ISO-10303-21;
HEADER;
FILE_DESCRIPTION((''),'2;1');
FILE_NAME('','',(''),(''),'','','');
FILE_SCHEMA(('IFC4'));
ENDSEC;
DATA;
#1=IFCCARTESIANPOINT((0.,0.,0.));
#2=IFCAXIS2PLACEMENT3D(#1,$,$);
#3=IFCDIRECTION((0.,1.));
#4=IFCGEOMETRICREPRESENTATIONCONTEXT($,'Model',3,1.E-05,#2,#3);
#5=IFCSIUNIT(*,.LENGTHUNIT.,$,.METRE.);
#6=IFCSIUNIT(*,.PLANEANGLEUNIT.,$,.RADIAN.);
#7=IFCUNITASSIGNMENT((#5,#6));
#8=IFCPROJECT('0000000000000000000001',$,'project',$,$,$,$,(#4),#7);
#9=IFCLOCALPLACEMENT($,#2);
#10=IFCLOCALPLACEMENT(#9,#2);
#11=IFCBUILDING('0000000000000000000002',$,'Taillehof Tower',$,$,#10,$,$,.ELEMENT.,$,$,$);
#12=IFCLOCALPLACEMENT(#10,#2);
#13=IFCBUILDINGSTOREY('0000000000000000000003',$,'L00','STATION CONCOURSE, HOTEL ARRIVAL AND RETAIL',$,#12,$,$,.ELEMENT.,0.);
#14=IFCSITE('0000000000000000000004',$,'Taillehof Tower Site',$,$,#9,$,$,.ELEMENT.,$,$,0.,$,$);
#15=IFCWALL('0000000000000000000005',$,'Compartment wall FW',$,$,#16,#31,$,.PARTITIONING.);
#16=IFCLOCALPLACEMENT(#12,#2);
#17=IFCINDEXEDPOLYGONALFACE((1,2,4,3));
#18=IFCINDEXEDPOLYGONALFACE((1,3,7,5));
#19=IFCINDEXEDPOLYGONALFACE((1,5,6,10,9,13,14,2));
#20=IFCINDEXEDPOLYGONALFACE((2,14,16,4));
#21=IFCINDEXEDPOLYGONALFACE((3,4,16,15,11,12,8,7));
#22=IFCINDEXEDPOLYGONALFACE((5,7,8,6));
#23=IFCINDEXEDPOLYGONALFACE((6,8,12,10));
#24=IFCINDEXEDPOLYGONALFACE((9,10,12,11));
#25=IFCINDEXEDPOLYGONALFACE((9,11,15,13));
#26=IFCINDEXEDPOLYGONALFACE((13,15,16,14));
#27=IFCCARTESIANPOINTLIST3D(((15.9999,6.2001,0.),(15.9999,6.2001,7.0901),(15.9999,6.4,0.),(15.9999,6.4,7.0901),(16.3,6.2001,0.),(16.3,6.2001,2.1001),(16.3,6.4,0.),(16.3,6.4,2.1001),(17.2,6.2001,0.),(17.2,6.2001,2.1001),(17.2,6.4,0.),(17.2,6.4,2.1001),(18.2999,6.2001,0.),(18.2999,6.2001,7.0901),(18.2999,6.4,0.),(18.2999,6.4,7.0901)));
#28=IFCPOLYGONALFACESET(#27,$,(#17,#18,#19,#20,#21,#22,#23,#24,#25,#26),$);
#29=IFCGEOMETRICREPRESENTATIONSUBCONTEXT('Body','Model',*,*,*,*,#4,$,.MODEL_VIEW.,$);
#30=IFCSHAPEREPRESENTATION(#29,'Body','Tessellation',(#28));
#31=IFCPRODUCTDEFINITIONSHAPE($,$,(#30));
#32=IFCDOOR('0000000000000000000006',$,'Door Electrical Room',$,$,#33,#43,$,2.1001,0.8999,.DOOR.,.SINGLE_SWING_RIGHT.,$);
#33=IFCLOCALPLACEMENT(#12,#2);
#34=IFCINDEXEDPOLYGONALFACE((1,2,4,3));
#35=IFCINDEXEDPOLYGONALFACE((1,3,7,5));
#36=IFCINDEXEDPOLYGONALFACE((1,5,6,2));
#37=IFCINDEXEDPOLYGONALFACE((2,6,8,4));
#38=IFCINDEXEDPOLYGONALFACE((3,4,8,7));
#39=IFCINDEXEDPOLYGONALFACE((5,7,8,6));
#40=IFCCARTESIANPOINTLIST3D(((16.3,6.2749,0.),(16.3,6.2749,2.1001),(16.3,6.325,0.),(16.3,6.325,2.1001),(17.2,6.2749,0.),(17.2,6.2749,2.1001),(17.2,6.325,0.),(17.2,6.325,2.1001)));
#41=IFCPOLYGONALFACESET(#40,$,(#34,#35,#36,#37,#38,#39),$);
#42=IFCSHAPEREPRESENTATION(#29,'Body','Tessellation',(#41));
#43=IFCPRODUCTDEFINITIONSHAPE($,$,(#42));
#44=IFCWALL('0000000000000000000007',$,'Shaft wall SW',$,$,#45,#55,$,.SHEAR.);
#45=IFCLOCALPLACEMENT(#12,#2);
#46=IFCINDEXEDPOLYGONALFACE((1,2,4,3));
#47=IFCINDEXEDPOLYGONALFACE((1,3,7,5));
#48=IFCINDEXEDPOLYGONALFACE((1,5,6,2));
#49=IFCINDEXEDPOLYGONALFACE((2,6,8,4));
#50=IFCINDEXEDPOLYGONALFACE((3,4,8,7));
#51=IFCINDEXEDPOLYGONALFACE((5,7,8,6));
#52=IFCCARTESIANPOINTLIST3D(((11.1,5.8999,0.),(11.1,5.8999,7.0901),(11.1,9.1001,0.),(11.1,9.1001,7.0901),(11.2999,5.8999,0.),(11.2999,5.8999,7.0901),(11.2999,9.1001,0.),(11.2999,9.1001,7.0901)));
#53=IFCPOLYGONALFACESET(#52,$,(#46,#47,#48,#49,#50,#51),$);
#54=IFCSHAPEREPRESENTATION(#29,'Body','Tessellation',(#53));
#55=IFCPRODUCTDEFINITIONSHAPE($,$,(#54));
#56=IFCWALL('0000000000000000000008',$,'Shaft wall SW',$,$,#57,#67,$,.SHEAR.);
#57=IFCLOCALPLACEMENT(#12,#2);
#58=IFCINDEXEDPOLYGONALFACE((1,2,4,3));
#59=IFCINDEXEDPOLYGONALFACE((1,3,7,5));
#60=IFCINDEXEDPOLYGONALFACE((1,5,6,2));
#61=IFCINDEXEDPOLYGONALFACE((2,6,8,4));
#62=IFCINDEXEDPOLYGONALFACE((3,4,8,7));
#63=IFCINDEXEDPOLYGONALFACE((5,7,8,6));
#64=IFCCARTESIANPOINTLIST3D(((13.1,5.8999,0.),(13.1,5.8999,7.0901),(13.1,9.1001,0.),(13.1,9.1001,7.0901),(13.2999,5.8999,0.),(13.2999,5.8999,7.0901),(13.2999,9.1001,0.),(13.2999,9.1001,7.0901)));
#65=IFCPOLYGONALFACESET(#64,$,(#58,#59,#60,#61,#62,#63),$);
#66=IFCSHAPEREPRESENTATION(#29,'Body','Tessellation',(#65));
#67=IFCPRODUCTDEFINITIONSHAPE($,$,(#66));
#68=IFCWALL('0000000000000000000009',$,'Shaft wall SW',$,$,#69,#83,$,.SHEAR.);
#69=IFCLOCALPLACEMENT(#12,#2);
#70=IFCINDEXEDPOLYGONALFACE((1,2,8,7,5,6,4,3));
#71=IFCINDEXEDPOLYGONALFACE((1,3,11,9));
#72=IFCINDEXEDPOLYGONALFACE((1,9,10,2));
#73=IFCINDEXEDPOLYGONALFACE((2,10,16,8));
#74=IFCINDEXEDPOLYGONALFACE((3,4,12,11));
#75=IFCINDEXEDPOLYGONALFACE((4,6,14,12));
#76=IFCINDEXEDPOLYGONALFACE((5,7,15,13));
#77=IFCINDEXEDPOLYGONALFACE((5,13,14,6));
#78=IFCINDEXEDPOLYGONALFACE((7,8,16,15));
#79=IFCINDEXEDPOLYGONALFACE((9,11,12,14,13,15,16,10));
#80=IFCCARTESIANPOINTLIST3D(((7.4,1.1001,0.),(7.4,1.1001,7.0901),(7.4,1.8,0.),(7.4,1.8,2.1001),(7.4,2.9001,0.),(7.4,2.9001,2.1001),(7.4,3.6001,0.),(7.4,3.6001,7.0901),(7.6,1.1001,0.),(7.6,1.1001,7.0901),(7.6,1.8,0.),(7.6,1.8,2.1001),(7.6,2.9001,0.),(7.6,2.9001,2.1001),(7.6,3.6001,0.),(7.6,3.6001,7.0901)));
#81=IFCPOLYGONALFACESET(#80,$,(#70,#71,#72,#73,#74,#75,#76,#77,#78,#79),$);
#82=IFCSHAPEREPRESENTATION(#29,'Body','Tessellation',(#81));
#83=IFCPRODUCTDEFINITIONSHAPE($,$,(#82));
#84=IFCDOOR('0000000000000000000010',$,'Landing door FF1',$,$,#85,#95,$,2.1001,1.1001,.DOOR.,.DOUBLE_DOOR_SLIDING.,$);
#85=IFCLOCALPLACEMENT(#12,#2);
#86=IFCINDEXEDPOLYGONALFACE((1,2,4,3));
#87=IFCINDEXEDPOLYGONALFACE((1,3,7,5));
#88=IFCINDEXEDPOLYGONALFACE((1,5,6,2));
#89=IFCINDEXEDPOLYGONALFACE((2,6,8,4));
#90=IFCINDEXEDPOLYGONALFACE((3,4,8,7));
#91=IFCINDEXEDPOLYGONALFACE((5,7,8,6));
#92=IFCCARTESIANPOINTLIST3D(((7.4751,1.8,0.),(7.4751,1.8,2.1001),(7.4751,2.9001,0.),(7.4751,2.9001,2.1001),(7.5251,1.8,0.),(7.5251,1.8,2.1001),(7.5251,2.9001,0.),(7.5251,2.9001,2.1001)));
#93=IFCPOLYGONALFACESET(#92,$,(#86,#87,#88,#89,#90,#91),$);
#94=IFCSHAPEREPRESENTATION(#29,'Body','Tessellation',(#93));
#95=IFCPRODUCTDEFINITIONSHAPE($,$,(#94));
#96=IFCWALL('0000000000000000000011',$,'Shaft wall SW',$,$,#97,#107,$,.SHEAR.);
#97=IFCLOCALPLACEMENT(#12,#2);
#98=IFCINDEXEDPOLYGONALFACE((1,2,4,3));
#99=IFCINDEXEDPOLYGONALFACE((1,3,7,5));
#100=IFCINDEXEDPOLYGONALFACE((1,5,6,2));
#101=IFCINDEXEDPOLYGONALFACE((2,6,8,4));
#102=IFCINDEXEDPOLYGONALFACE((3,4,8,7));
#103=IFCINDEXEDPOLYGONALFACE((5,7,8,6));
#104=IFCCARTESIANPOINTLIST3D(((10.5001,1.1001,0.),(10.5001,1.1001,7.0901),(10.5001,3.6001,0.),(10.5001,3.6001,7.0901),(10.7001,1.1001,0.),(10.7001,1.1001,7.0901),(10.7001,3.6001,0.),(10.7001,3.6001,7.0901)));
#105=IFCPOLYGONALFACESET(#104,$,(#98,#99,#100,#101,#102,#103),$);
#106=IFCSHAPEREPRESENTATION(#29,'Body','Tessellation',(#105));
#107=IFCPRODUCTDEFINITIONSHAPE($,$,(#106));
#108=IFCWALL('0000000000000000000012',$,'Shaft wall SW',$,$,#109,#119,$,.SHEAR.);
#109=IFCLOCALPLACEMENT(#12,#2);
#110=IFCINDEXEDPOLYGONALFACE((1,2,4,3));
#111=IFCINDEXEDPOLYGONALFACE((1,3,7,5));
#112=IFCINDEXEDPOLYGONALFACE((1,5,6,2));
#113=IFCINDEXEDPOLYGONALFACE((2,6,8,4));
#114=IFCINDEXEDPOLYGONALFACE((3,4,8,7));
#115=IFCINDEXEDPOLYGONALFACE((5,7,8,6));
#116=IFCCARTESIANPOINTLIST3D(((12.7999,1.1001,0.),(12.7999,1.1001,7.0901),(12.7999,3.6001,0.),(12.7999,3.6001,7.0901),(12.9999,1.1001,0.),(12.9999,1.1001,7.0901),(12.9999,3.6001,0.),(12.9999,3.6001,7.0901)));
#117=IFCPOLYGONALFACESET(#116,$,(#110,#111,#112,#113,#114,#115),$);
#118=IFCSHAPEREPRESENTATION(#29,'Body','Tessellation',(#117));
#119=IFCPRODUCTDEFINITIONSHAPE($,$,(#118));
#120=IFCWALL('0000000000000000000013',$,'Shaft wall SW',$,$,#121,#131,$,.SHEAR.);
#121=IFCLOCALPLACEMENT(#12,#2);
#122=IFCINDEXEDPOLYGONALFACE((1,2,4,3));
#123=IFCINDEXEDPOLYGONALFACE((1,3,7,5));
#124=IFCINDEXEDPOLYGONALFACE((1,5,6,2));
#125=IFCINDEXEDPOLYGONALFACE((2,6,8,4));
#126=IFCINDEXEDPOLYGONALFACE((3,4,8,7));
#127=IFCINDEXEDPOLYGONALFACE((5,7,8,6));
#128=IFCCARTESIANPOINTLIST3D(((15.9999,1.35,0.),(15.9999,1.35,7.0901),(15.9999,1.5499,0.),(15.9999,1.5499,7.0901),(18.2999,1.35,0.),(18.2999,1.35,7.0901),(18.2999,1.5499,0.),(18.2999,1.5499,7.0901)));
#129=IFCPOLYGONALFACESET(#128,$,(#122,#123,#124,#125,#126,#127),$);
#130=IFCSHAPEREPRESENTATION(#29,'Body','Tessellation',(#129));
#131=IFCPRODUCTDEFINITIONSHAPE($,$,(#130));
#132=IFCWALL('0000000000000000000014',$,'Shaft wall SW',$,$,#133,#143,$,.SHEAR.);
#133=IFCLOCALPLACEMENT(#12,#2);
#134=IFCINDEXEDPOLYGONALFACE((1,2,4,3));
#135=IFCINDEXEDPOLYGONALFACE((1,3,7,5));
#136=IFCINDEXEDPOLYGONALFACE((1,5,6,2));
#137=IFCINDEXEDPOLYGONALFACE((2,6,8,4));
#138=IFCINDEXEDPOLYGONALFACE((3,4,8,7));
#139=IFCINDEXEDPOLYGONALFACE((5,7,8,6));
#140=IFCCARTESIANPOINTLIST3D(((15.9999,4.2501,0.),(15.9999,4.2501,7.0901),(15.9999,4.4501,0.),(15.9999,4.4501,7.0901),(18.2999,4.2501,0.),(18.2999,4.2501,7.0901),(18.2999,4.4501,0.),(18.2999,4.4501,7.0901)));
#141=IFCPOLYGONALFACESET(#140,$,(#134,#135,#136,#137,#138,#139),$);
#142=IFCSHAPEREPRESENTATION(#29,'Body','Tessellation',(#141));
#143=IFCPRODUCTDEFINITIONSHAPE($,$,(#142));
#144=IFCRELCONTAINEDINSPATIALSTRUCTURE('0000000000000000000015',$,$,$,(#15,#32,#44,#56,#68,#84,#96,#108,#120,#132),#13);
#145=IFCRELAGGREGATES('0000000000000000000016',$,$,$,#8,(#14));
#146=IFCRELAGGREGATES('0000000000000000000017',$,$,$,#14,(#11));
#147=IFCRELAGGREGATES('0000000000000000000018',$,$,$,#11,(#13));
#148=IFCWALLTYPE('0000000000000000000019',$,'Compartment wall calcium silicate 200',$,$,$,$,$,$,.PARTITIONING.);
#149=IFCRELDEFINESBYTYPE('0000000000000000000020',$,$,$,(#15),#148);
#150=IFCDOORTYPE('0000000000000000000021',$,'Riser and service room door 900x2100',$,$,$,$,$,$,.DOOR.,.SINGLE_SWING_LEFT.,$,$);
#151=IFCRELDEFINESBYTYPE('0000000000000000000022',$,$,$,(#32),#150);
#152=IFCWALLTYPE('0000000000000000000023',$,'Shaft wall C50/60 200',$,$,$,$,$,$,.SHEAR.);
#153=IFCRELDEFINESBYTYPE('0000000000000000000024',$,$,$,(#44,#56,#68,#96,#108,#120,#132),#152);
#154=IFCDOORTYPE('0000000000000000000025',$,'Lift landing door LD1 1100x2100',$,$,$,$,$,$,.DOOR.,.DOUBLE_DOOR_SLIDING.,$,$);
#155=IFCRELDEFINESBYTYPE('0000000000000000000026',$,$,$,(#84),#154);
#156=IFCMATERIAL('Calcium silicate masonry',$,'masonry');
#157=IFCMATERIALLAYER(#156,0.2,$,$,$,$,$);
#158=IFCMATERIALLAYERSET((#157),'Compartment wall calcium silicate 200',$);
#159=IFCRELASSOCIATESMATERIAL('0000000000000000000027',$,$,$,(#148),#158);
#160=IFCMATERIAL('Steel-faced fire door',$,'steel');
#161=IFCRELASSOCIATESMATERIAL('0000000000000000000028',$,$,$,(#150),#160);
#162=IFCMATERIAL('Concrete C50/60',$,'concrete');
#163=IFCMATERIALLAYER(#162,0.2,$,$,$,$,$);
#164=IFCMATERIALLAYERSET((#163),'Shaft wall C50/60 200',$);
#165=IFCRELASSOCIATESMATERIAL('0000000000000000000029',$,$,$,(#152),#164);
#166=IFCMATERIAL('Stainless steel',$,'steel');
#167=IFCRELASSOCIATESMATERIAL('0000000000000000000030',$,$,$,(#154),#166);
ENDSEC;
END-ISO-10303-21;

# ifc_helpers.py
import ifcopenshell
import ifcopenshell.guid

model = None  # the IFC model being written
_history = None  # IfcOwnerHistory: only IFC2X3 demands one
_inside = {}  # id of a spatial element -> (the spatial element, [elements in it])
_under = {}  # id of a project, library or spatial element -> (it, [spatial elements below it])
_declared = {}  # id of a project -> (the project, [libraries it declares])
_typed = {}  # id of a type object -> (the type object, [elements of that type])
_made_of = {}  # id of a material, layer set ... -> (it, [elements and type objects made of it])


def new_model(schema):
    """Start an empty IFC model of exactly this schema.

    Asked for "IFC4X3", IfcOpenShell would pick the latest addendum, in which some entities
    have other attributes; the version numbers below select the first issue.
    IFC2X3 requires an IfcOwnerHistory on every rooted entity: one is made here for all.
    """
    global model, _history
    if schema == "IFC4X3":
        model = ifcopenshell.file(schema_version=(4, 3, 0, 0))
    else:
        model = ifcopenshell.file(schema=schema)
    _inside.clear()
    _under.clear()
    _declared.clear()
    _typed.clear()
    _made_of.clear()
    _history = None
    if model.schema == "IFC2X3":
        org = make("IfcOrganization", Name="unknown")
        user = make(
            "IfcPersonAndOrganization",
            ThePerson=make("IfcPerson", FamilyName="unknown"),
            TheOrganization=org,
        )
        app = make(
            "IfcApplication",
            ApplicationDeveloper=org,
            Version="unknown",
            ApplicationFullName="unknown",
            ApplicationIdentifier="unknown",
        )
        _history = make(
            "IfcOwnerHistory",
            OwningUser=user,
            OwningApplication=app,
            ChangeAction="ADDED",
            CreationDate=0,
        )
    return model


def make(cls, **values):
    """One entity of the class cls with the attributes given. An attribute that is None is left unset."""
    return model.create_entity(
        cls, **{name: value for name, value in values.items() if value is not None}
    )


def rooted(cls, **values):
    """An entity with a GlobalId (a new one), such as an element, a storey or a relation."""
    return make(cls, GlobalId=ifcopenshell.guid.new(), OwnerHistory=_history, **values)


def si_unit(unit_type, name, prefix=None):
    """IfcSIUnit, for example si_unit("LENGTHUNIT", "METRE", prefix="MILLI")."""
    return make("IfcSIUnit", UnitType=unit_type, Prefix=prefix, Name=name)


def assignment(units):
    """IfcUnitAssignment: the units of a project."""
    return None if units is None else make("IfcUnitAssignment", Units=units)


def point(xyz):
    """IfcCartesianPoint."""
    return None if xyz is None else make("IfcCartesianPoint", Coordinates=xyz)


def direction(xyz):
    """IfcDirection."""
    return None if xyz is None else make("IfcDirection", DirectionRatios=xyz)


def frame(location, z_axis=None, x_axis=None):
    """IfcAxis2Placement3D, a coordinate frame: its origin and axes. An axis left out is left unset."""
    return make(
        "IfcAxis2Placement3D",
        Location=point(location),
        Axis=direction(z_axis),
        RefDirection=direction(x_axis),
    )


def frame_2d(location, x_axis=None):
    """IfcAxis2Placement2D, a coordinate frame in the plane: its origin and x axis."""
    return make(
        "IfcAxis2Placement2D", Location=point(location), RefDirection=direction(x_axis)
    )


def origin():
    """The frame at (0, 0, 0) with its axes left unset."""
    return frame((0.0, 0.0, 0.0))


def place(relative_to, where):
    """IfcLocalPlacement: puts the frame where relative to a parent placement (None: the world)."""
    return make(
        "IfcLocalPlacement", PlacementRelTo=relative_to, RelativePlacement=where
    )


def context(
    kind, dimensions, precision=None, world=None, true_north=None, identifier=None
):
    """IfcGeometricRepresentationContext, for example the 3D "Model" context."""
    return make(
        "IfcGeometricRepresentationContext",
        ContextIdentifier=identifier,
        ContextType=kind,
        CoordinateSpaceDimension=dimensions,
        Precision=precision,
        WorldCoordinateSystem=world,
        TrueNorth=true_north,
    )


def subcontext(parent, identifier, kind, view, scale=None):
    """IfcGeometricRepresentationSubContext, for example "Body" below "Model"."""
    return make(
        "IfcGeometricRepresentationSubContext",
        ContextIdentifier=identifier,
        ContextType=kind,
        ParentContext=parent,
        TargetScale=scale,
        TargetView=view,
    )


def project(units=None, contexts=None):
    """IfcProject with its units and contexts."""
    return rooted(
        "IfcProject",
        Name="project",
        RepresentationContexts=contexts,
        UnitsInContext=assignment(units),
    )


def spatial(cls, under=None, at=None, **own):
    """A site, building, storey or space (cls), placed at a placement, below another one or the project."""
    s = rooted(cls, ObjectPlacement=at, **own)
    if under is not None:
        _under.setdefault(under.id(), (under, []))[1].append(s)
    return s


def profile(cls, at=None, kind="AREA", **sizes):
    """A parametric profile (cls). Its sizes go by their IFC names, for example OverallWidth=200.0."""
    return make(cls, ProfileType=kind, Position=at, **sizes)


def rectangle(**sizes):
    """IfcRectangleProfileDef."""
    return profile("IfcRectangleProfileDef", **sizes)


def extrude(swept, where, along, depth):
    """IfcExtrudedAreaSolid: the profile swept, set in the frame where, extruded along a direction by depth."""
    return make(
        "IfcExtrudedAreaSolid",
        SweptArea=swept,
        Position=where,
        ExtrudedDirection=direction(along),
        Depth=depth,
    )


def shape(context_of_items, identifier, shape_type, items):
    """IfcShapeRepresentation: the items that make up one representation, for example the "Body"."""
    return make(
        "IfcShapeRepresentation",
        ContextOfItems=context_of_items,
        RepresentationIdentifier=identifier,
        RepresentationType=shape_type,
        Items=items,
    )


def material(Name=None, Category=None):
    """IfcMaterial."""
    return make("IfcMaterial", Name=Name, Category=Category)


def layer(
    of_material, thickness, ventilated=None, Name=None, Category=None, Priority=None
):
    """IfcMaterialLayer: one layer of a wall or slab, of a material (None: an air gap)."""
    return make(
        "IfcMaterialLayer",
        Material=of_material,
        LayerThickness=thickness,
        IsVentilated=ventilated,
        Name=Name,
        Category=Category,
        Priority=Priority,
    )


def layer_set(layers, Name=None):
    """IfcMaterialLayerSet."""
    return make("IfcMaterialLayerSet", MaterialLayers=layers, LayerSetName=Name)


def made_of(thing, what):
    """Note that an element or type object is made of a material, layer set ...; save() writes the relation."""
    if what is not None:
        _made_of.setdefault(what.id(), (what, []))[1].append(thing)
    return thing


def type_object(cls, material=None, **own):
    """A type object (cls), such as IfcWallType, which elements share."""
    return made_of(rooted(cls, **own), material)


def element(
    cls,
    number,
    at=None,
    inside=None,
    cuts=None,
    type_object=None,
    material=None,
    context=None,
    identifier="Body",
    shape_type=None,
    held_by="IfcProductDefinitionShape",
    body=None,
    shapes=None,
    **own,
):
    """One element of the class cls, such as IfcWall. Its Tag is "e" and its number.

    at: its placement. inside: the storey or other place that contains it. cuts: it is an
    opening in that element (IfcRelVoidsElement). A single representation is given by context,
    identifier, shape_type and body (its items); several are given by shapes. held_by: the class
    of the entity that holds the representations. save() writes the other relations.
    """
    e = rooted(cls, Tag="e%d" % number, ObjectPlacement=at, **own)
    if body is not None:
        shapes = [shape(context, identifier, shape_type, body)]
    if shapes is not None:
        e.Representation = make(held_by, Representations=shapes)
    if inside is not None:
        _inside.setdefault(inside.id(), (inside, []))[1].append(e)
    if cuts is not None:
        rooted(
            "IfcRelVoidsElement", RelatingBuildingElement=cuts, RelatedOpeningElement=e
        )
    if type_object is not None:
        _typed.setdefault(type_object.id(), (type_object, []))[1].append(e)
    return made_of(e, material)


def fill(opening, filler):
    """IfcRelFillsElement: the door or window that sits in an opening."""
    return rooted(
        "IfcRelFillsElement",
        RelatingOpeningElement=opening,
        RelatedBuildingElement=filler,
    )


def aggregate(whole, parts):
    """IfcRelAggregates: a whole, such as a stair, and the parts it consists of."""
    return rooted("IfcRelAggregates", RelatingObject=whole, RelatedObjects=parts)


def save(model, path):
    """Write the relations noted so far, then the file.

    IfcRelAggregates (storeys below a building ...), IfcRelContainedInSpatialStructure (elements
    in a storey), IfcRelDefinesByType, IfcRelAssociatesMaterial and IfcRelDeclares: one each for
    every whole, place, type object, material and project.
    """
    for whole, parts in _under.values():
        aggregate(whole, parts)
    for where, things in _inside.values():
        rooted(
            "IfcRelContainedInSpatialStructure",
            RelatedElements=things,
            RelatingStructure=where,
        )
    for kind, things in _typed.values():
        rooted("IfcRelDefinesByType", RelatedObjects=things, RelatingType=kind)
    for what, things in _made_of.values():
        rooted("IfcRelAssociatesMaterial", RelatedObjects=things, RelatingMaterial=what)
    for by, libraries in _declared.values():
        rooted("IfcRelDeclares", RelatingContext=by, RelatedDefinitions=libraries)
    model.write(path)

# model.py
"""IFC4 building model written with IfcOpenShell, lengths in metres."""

from ifc_helpers import new_model, si_unit, direction, frame, frame_2d, origin, place, context, subcontext, project, spatial, rectangle, extrude, material, layer, layer_set, type_object, element, fill, save


model = new_model("IFC4")

# Units and contexts
model_context = context("Model", 3, precision=1e-05, world=origin(), true_north=direction((0.0, 1.0)))
body_context = subcontext(model_context, "Body", "Model", "MODEL_VIEW")
ifc_project = project(units=[si_unit("LENGTHUNIT", "METRE"), si_unit("PLANEANGLEUNIT", "RADIAN")], contexts=[model_context])

# Site, building, storey
site_placement = place(None, origin())
site = spatial("IfcSite", under=ifc_project, at=site_placement, Name="Taillehof Tower Site", CompositionType="ELEMENT", RefElevation=0.0)
building_placement = place(site_placement, origin())
building = spatial("IfcBuilding", under=site, at=building_placement, Name="Taillehof Tower", CompositionType="ELEMENT")
storey_placement = place(building_placement, origin())
storey = spatial("IfcBuildingStorey", under=building, at=storey_placement, Name="L00", Description="STATION CONCOURSE, HOTEL ARRIVAL AND RETAIL", CompositionType="ELEMENT", Elevation=0.0)

# Wall, opening, door
ifc_material_1 = material(Name="Calcium silicate masonry", Category="masonry")
ifc_layer_1 = layer(ifc_material_1, 0.2)
ifc_layer_set_1 = layer_set([ifc_layer_1], Name="Compartment wall calcium silicate 200")
wall_type_1 = type_object("IfcWallType", Name="Compartment wall calcium silicate 200", PredefinedType="PARTITIONING", material=ifc_layer_set_1)
wall_1_placement = place(storey_placement, frame((16.0, 6.3, 0.0), z_axis=(0.0, 0.0, 1.0), x_axis=(1.0, 0.0, 0.0)))
wall_1 = element("IfcWall", 1, at=wall_1_placement, inside=storey, type_object=wall_type_1, Name="Compartment wall FW", PredefinedType="PARTITIONING", context=body_context, shape_type="SweptSolid", body=[
    extrude(rectangle(XDim=2.3, YDim=0.2, at=frame_2d((1.1499, 0.0))), origin(), (0.0, 0.0, 1.0), 7.0901),
])
opening_1_placement = place(wall_1_placement, frame((0.3, 0.0, 0.0)))
opening_1 = element("IfcOpeningElement", 2, at=opening_1_placement, cuts=wall_1, PredefinedType="OPENING", context=body_context, shape_type="SweptSolid", body=[
    extrude(rectangle(XDim=0.8999, YDim=2.1001, at=frame_2d((0.45, 1.05))), frame((0.0, 0.1099, 0.0), z_axis=(0.0, -1.0, 0.0), x_axis=(1.0, 0.0, 0.0)), (0.0, 0.0, 1.0), 0.22),
])
ifc_material_2 = material(Name="Steel-faced fire door", Category="steel")
door_type_1 = type_object("IfcDoorType", Name="Riser and service room door 900x2100", OperationType="SINGLE_SWING_LEFT", PredefinedType="DOOR", material=ifc_material_2)
door_1_placement = place(opening_1_placement, origin())
door_1 = element("IfcDoor", 3, at=door_1_placement, inside=storey, type_object=door_type_1, Name="Door Electrical Room", OperationType="SINGLE_SWING_RIGHT", OverallHeight=2.1001, OverallWidth=0.8999, PredefinedType="DOOR", context=body_context, shape_type="SweptSolid", body=[
    extrude(rectangle(XDim=0.8999, YDim=2.1001, at=frame_2d((0.45, 1.05))), frame((0.0, 0.0249, 0.0), z_axis=(0.0, -1.0, 0.0), x_axis=(1.0, 0.0, 0.0)), (0.0, 0.0, 1.0), 0.05),
])
fill(opening_1, door_1)

# Walls
ifc_material_3 = material(Name="Concrete C50/60", Category="concrete")
ifc_layer_2 = layer(ifc_material_3, 0.2)
ifc_layer_set_2 = layer_set([ifc_layer_2], Name="Shaft wall C50/60 200")
wall_type_2 = type_object("IfcWallType", Name="Shaft wall C50/60 200", PredefinedType="SHEAR", material=ifc_layer_set_2)
for number, where, z_axis, x_axis, name in (
    (4, (11.2, 5.8999, 0.0), (0.0, 0.0, 1.0), (0.0, 1.0, 0.0), "Shaft wall SW"),
    (5, (13.2, 5.8999, 0.0), (0.0, 0.0, 1.0), (0.0, 1.0, 0.0), "Shaft wall SW"),
):
    element("IfcWall", number, at=place(storey_placement, frame(where, z_axis=z_axis, x_axis=x_axis)), inside=storey, type_object=wall_type_2, Name=name, PredefinedType="SHEAR", context=body_context, shape_type="SweptSolid", body=[
        extrude(rectangle(XDim=3.2002, YDim=0.2, at=frame_2d((1.6001, 0.0))), origin(), (0.0, 0.0, 1.0), 7.0901),
    ])

# Wall, opening, door
wall_2_placement = place(storey_placement, frame((7.5, 1.1001, 0.0), z_axis=(0.0, 0.0, 1.0), x_axis=(0.0, 1.0, 0.0)))
wall_2 = element("IfcWall", 6, at=wall_2_placement, inside=storey, type_object=wall_type_2, Name="Shaft wall SW", PredefinedType="SHEAR", context=body_context, shape_type="SweptSolid", body=[
    extrude(rectangle(XDim=2.5, YDim=0.2, at=frame_2d((1.25, 0.0))), origin(), (0.0, 0.0, 1.0), 7.0901),
])
opening_2_placement = place(wall_2_placement, frame((0.7, 0.0, 0.0)))
opening_2 = element("IfcOpeningElement", 7, at=opening_2_placement, cuts=wall_2, PredefinedType="OPENING", context=body_context, shape_type="SweptSolid", body=[
    extrude(rectangle(XDim=1.1001, YDim=2.1001, at=frame_2d((0.55, 1.05))), frame((0.0, 0.1099, 0.0), z_axis=(0.0, -1.0, 0.0), x_axis=(1.0, 0.0, 0.0)), (0.0, 0.0, 1.0), 0.22),
])
ifc_material_4 = material(Name="Stainless steel", Category="steel")
door_type_2 = type_object("IfcDoorType", Name="Lift landing door LD1 1100x2100", OperationType="DOUBLE_DOOR_SLIDING", PredefinedType="DOOR", material=ifc_material_4)
door_2_placement = place(opening_2_placement, origin())
door_2 = element("IfcDoor", 8, at=door_2_placement, inside=storey, type_object=door_type_2, Name="Landing door FF1", OperationType="DOUBLE_DOOR_SLIDING", OverallHeight=2.1001, OverallWidth=1.1001, PredefinedType="DOOR", context=body_context, shape_type="SweptSolid", body=[
    extrude(rectangle(XDim=1.1001, YDim=2.1001, at=frame_2d((0.55, 1.05))), frame((0.0, 0.0249, 0.0), z_axis=(0.0, -1.0, 0.0), x_axis=(1.0, 0.0, 0.0)), (0.0, 0.0, 1.0), 0.05),
])
fill(opening_2, door_2)

# Walls
for number, where, z_axis, x_axis, name in (
    (9, (10.6001, 1.1001, 0.0), (0.0, 0.0, 1.0), (0.0, 1.0, 0.0), "Shaft wall SW"),
    (10, (12.8999, 1.1001, 0.0), (0.0, 0.0, 1.0), (0.0, 1.0, 0.0), "Shaft wall SW"),
):
    element("IfcWall", number, at=place(storey_placement, frame(where, z_axis=z_axis, x_axis=x_axis)), inside=storey, type_object=wall_type_2, Name=name, PredefinedType="SHEAR", context=body_context, shape_type="SweptSolid", body=[
        extrude(rectangle(XDim=2.5, YDim=0.2, at=frame_2d((1.25, 0.0))), origin(), (0.0, 0.0, 1.0), 7.0901),
    ])
for number, where, z_axis, x_axis, name in (
    (11, (16.0, 1.45, 0.0), (0.0, 0.0, 1.0), (1.0, 0.0, 0.0), "Shaft wall SW"),
    (12, (16.0, 4.3501, 0.0), (0.0, 0.0, 1.0), (1.0, 0.0, 0.0), "Shaft wall SW"),
):
    element("IfcWall", number, at=place(storey_placement, frame(where, z_axis=z_axis, x_axis=x_axis)), inside=storey, type_object=wall_type_2, Name=name, PredefinedType="SHEAR", context=body_context, shape_type="SweptSolid", body=[
        extrude(rectangle(XDim=2.3, YDim=0.2, at=frame_2d((1.1499, 0.0))), origin(), (0.0, 0.0, 1.0), 7.0901),
    ])

save(model, "model.ifc")
